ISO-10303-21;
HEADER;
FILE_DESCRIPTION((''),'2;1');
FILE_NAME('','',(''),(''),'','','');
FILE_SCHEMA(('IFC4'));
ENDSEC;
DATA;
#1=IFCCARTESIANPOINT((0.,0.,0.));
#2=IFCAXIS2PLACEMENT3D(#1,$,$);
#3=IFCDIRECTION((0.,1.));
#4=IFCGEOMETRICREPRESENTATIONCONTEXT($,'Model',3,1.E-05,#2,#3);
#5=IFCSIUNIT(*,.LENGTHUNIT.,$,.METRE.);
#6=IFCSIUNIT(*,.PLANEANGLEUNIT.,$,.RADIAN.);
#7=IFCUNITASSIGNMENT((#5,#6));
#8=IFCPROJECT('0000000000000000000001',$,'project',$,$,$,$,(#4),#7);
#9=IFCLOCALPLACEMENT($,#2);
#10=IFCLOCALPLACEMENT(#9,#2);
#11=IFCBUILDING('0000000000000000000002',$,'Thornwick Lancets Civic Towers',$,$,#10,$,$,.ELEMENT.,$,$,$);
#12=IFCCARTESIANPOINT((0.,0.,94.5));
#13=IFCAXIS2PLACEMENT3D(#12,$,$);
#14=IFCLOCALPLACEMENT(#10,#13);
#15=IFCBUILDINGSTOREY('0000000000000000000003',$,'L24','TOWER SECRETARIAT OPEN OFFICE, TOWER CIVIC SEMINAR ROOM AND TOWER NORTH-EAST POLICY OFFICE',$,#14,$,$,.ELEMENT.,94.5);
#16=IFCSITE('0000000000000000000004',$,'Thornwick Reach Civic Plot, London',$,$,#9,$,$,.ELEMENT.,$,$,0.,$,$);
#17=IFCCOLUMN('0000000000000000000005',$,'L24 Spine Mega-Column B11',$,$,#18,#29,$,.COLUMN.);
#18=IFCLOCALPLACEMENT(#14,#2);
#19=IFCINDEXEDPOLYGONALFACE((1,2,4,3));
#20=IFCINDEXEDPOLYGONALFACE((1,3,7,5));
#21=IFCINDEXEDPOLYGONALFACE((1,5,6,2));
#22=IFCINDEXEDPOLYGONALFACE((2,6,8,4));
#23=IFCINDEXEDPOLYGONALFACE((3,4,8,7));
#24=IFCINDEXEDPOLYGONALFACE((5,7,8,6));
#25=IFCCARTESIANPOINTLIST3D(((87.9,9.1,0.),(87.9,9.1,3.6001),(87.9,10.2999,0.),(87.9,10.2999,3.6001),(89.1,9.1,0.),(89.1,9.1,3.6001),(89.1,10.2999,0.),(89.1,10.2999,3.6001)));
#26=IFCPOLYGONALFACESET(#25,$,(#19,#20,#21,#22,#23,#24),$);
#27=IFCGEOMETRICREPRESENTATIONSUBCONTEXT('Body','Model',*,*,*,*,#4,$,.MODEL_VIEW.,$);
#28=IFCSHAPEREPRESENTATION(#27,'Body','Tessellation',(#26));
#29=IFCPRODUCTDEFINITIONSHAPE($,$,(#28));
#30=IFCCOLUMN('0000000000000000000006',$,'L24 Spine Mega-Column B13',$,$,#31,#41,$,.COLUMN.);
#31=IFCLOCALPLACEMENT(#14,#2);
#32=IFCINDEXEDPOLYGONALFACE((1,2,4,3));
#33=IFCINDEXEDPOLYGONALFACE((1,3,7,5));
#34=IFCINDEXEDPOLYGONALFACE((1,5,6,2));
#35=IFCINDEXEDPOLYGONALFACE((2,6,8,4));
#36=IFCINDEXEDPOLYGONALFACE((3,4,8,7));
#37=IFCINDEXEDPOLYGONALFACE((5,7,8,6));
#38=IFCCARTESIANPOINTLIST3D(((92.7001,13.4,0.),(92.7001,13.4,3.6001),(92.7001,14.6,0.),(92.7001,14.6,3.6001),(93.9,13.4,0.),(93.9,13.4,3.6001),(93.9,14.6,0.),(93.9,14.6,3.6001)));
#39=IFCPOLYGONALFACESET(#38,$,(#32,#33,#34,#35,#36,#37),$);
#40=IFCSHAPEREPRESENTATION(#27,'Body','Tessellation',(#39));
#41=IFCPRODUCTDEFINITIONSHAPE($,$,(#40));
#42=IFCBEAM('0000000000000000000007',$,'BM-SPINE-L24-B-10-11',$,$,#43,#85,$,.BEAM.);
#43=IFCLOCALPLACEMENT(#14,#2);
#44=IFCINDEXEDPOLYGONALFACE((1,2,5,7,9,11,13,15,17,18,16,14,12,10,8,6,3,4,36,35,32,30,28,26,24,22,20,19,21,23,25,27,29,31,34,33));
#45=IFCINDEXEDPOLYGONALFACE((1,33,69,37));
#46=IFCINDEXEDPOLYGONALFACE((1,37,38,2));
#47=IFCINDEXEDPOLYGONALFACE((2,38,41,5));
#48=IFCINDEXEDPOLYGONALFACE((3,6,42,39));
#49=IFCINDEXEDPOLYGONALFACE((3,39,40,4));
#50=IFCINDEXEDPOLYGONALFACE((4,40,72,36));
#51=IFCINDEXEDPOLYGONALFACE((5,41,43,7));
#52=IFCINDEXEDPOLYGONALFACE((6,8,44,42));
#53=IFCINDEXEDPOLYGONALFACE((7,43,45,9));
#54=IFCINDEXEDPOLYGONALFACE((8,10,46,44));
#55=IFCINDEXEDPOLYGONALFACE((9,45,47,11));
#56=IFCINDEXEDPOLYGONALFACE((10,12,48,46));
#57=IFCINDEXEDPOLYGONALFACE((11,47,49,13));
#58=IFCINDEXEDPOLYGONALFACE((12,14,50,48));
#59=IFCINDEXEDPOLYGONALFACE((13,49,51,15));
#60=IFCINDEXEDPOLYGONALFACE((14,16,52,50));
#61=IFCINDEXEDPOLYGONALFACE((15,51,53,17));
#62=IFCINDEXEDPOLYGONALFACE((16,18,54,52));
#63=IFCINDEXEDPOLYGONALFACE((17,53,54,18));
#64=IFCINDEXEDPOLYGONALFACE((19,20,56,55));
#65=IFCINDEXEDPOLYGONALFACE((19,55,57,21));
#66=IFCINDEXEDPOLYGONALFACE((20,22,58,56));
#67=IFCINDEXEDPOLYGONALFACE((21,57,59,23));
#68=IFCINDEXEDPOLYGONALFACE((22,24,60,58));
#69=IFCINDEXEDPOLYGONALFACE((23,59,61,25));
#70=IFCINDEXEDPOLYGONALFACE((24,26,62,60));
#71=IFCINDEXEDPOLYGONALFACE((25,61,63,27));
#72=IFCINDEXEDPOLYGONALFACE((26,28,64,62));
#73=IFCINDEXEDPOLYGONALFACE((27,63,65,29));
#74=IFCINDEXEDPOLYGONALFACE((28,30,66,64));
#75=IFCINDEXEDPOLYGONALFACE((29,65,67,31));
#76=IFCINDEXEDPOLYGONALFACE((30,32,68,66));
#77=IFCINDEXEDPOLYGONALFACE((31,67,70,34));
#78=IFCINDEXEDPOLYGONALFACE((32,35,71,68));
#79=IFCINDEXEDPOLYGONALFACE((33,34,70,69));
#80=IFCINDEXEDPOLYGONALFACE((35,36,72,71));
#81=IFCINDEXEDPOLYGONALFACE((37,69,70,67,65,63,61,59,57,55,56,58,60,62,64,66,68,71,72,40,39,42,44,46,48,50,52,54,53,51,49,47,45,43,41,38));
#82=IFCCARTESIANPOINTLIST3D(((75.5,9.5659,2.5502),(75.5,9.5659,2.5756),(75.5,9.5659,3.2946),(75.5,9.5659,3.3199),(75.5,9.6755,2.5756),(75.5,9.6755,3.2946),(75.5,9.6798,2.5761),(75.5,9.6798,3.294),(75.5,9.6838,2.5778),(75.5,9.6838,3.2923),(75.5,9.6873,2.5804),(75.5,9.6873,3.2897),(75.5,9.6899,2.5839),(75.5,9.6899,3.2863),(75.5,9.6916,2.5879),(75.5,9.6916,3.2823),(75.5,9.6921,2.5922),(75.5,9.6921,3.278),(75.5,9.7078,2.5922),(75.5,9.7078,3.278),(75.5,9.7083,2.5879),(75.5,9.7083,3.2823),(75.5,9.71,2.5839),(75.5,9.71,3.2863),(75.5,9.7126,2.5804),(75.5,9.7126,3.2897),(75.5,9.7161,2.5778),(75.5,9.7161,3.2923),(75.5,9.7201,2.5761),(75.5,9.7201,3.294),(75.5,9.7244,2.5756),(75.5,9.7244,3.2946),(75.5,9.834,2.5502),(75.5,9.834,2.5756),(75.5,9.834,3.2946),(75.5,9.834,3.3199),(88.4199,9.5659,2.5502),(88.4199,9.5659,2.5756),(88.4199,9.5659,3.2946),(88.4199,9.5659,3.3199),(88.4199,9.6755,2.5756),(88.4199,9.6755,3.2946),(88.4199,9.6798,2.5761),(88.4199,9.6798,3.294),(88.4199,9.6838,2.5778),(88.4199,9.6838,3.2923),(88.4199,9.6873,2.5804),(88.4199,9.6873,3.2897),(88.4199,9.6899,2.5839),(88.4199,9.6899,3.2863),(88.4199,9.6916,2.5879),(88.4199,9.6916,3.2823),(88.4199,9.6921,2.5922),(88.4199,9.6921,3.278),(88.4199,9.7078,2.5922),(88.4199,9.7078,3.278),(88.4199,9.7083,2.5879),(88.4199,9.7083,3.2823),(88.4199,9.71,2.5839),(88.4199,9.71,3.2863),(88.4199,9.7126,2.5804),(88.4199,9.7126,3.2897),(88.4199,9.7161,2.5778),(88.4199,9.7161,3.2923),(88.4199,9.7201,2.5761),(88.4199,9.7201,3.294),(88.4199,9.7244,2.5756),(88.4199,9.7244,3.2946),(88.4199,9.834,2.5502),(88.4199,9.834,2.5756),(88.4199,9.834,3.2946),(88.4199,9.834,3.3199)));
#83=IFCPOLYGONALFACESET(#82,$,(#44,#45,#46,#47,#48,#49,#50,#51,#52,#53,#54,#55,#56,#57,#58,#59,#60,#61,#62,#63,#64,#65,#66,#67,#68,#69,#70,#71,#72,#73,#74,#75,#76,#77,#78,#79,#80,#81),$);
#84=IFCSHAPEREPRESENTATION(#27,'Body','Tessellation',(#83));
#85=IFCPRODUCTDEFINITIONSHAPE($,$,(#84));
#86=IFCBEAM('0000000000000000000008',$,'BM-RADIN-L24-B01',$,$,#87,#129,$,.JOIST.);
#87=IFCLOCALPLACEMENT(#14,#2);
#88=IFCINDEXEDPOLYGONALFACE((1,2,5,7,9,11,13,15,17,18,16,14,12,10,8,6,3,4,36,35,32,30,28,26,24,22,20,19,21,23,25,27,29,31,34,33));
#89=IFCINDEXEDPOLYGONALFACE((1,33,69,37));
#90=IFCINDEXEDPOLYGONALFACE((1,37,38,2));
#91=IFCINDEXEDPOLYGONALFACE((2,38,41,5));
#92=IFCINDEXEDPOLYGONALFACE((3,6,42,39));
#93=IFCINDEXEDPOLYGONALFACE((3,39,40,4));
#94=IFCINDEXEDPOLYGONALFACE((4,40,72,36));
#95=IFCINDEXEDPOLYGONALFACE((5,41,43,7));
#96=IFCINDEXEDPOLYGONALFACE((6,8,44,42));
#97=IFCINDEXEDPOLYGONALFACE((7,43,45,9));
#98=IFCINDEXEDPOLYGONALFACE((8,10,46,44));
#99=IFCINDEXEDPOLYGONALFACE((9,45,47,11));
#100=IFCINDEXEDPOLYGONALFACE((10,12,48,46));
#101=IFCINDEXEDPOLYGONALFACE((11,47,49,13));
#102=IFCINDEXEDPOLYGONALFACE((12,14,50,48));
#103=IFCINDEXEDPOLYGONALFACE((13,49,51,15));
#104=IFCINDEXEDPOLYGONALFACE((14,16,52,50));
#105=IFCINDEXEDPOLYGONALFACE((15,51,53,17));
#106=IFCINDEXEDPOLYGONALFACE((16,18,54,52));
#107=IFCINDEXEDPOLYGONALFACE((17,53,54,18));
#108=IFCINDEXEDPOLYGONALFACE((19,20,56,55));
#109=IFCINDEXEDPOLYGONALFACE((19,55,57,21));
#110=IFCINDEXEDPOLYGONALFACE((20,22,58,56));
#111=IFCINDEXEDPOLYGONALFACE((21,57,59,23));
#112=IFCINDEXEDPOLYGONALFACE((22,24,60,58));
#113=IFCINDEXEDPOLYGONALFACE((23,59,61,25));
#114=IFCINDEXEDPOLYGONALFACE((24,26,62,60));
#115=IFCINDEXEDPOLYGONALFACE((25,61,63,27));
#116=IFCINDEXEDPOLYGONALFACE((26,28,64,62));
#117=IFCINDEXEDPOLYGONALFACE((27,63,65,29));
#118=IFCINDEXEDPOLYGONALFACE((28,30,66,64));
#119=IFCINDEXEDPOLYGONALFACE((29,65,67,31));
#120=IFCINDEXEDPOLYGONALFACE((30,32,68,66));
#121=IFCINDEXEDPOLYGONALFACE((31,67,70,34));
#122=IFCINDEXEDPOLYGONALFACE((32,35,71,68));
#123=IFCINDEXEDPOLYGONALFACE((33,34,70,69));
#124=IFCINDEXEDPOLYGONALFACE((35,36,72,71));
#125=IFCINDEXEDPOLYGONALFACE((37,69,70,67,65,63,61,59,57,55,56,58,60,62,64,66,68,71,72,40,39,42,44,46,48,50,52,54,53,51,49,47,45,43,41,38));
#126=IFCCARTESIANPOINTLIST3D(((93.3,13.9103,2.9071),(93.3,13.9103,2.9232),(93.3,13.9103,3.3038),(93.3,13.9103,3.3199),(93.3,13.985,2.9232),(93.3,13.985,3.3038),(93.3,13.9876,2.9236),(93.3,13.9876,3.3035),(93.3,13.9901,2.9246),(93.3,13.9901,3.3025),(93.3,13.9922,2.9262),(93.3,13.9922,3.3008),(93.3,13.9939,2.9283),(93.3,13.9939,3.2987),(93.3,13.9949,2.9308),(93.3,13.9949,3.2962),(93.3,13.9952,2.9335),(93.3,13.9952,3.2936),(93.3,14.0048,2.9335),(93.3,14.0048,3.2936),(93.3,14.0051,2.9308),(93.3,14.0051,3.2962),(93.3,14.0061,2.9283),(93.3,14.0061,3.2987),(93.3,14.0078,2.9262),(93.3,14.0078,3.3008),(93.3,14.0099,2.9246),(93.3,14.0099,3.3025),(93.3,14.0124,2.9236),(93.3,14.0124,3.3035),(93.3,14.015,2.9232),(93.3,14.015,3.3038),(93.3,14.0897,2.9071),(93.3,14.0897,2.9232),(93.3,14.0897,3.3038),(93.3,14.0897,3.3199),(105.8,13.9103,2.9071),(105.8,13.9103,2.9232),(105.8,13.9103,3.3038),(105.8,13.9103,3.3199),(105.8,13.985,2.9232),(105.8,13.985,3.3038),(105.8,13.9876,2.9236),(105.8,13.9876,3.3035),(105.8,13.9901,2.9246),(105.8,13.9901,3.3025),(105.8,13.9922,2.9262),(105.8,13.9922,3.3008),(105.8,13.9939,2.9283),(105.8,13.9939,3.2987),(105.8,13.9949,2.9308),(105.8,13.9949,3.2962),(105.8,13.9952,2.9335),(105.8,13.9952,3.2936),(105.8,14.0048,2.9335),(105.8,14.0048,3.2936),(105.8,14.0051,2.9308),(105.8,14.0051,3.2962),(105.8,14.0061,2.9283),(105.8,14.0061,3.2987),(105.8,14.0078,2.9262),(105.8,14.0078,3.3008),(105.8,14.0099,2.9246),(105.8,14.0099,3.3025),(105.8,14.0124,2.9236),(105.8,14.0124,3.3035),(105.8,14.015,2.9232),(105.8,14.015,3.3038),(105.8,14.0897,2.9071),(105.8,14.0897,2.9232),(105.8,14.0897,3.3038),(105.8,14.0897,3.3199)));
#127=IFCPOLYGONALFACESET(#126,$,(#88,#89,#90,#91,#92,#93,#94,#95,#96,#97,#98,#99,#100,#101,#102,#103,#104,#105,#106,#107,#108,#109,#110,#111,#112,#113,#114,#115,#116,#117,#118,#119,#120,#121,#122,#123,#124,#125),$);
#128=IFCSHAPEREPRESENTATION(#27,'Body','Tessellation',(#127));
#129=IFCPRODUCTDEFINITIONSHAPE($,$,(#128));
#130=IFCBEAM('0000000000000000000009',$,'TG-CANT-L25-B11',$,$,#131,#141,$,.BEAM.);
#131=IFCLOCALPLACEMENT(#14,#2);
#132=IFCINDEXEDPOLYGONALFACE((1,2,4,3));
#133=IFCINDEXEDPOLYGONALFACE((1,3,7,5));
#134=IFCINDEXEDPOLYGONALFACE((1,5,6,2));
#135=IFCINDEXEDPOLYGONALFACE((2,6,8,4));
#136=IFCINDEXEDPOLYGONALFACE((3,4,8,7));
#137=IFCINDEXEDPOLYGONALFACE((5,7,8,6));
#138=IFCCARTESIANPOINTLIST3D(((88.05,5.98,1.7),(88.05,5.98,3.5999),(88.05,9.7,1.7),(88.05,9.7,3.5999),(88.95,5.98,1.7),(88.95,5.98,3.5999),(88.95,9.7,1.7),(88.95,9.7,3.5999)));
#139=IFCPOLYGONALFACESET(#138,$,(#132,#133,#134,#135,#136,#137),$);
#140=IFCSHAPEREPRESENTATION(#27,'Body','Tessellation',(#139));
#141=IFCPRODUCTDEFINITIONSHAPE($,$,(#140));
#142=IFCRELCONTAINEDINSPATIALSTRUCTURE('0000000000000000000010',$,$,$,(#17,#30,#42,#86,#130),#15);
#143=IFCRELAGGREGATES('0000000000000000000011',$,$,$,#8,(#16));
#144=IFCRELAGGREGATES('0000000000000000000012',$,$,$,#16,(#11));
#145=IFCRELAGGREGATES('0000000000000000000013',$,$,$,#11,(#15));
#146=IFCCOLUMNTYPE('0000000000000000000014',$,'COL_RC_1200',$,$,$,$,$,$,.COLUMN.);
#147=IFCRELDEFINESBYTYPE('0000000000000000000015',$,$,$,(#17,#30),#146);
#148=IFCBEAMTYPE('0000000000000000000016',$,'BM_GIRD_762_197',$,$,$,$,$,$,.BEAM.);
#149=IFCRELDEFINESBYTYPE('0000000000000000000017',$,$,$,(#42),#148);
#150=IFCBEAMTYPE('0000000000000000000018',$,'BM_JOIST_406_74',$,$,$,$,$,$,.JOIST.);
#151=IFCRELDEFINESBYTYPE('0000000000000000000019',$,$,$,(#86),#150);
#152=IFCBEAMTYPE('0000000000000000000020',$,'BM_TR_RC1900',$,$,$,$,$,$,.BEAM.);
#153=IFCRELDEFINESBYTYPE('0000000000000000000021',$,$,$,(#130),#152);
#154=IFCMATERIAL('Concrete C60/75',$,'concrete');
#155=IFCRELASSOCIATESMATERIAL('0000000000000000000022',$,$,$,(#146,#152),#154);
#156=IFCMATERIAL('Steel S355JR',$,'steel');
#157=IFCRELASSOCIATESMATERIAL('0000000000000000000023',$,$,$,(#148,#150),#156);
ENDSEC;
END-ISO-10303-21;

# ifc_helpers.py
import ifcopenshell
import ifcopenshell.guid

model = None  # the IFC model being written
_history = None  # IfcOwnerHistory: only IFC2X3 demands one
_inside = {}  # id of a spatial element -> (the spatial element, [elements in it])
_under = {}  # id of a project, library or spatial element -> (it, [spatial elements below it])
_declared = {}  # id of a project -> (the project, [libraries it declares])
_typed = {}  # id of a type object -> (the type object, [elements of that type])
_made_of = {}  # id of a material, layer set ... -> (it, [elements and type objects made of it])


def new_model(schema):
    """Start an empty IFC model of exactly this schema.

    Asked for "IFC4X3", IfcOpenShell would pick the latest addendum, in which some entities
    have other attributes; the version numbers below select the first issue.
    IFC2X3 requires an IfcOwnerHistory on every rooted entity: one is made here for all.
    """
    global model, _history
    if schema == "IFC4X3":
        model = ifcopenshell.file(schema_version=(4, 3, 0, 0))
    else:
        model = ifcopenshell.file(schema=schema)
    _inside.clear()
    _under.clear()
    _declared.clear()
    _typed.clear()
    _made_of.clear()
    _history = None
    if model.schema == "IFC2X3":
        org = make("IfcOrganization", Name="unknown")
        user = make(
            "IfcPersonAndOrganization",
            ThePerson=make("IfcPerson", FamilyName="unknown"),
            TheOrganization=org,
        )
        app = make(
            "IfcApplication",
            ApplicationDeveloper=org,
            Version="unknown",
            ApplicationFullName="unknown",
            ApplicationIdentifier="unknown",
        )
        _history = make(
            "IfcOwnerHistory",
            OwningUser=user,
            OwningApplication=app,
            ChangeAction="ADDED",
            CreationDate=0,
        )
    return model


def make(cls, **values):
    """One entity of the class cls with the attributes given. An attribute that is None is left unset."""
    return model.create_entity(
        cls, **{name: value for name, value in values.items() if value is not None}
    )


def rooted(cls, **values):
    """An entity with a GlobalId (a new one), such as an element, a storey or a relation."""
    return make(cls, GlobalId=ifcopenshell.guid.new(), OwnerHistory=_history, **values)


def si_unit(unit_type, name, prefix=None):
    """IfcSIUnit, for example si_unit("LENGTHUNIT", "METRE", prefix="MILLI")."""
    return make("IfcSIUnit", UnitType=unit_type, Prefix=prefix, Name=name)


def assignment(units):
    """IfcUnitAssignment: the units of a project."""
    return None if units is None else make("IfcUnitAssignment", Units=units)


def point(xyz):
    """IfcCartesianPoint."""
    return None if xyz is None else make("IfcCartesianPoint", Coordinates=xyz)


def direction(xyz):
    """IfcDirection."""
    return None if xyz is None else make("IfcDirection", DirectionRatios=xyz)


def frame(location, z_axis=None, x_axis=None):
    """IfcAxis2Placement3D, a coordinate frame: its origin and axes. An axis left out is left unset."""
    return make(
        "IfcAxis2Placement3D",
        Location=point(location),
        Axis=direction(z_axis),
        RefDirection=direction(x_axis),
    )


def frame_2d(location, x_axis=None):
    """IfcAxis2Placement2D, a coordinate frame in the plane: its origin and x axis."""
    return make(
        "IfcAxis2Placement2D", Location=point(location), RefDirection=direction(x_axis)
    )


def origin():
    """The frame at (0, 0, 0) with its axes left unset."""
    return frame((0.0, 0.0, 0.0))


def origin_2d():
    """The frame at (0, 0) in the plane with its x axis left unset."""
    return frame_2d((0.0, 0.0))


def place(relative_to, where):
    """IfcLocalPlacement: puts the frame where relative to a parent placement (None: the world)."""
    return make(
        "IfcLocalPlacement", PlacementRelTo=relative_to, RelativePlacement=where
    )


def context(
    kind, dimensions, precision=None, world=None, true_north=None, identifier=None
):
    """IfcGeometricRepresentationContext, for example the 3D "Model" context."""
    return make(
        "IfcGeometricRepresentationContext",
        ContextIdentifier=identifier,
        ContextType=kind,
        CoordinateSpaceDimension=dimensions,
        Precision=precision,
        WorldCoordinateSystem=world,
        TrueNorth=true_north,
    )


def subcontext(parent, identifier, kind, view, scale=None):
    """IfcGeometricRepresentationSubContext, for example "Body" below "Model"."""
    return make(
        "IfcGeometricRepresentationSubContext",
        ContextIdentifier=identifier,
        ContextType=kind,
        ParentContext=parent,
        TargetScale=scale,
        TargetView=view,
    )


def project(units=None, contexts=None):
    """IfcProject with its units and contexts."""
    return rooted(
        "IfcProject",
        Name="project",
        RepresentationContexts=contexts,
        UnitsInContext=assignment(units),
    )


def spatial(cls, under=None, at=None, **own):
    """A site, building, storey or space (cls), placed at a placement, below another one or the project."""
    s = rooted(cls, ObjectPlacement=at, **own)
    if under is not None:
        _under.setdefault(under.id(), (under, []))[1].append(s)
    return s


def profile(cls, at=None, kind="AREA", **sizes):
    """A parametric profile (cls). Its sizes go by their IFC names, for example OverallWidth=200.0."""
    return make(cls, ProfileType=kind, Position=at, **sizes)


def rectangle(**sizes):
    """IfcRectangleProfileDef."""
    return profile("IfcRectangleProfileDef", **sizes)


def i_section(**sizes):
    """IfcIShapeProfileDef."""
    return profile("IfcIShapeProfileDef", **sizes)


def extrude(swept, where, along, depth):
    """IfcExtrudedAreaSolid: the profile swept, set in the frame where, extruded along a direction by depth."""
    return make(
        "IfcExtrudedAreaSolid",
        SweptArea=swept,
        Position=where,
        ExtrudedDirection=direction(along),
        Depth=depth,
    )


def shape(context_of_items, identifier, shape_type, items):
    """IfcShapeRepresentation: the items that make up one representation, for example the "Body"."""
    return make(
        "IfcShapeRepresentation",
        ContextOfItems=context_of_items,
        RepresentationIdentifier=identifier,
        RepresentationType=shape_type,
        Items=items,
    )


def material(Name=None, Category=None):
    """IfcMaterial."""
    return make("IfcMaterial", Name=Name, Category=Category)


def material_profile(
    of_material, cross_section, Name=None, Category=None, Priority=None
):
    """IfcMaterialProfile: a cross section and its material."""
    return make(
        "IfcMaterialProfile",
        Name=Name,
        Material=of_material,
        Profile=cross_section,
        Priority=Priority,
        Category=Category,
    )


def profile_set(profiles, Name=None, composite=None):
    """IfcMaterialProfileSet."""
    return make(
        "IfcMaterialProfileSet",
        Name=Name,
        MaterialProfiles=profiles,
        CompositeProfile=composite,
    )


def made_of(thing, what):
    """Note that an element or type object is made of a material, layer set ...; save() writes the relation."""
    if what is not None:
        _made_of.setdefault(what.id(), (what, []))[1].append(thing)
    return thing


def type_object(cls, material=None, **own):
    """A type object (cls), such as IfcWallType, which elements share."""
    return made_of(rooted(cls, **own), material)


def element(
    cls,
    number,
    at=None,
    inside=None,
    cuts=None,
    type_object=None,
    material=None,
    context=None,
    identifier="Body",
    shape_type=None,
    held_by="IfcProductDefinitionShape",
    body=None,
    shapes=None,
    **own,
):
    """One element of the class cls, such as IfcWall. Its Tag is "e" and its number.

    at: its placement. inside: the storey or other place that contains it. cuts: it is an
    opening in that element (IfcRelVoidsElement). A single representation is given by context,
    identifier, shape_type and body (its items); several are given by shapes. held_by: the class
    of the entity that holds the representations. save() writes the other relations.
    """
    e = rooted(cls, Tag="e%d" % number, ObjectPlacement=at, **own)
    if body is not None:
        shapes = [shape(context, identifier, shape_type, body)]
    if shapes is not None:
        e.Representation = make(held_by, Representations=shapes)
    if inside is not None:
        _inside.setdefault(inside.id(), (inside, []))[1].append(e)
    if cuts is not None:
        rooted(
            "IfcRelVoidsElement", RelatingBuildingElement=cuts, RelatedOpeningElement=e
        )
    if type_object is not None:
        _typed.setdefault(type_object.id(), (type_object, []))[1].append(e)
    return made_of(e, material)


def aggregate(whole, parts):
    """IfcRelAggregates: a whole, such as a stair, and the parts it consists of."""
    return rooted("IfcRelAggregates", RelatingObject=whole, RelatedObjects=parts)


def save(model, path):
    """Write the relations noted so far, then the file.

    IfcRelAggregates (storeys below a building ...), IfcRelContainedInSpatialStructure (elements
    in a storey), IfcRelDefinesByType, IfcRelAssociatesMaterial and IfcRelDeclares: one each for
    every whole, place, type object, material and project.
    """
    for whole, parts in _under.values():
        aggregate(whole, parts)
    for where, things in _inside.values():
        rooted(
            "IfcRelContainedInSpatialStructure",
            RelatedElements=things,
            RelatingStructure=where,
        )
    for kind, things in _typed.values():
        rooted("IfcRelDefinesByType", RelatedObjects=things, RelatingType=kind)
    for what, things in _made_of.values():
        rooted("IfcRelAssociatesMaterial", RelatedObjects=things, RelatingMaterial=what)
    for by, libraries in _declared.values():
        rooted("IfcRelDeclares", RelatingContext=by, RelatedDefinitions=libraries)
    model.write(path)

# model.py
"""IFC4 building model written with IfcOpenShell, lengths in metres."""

from ifc_helpers import new_model, si_unit, direction, frame, origin, origin_2d, place, context, subcontext, project, spatial, rectangle, i_section, extrude, material, material_profile, profile_set, type_object, element, save


model = new_model("IFC4")

# Units and contexts
model_context = context("Model", 3, precision=1e-05, world=origin(), true_north=direction((0.0, 1.0)))
body_context = subcontext(model_context, "Body", "Model", "MODEL_VIEW")
ifc_project = project(units=[si_unit("LENGTHUNIT", "METRE"), si_unit("PLANEANGLEUNIT", "RADIAN")], contexts=[model_context])

# Site, building, storey
site_placement = place(None, origin())
site = spatial("IfcSite", under=ifc_project, at=site_placement, Name="Thornwick Reach Civic Plot, London", CompositionType="ELEMENT", RefElevation=0.0)
building_placement = place(site_placement, origin())
building = spatial("IfcBuilding", under=site, at=building_placement, Name="Thornwick Lancets Civic Towers", CompositionType="ELEMENT")
storey_placement = place(building_placement, frame((0.0, 0.0, 94.5)))
storey = spatial("IfcBuildingStorey", under=building, at=storey_placement, Name="L24", Description="TOWER SECRETARIAT OPEN OFFICE, TOWER CIVIC SEMINAR ROOM AND TOWER NORTH-EAST POLICY OFFICE", CompositionType="ELEMENT", Elevation=94.5)

# Columns
ifc_material_1 = material(Name="Concrete C60/75", Category="concrete")
ifc_material_profile_1 = material_profile(ifc_material_1, rectangle(XDim=1.2, YDim=1.2, at=origin_2d()), Name="RC 1200x1200")
ifc_profile_set_1 = profile_set([ifc_material_profile_1], Name="Concrete C60/75")
column_type = type_object("IfcColumnType", Name="COL_RC_1200", PredefinedType="COLUMN", material=ifc_profile_set_1)
for number, where, z_axis, x_axis, name in (
    (1, (88.5, 9.7, 0.0), (0.0, 0.0, 1.0), (1.0, 0.0, 0.0), "L24 Spine Mega-Column B11"),
    (2, (93.3, 14.0, 0.0), (0.0, 0.0, 1.0), (1.0, 0.0, 0.0), "L24 Spine Mega-Column B13"),
):
    element("IfcColumn", number, at=place(storey_placement, frame(where, z_axis=z_axis, x_axis=x_axis)), inside=storey, type_object=column_type, Name=name, PredefinedType="COLUMN", context=body_context, shape_type="SweptSolid", body=[
        extrude(rectangle(XDim=1.2, YDim=1.2, at=origin_2d()), origin(), (0.0, 0.0, 1.0), 3.6001),
    ])

# Beams
ifc_material_2 = material(Name="Steel S355JR", Category="steel")
ifc_material_profile_2 = material_profile(ifc_material_2, i_section(OverallWidth=0.2681, OverallDepth=0.7698, WebThickness=0.0156, FlangeThickness=0.0254, FilletRadius=0.0166, at=origin_2d()), Name="UKB 762x267x197")
ifc_profile_set_2 = profile_set([ifc_material_profile_2], Name="Steel S355JR")
beam_type_1 = type_object("IfcBeamType", Name="BM_GIRD_762_197", PredefinedType="BEAM", material=ifc_profile_set_2)
beam_1_placement = place(storey_placement, frame((88.4199, 9.7, 2.9351), z_axis=(-1.0, 0.0, 0.0), x_axis=(0.0, -1.0, 0.0)))
element("IfcBeam", 3, at=beam_1_placement, inside=storey, type_object=beam_type_1, Name="BM-SPINE-L24-B-10-11", PredefinedType="BEAM", context=body_context, shape_type="SweptSolid", body=[
    extrude(i_section(OverallWidth=0.2681, OverallDepth=0.7698, WebThickness=0.0156, FlangeThickness=0.0254, FilletRadius=0.0166, at=origin_2d()), origin(), (0.0, 0.0, 1.0), 12.9199),
])
ifc_material_profile_3 = material_profile(ifc_material_2, i_section(OverallWidth=0.1794, OverallDepth=0.4128, WebThickness=0.0095, FlangeThickness=0.0161, FilletRadius=0.0103, at=origin_2d()), Name="UKB 406x178x74")
ifc_profile_set_3 = profile_set([ifc_material_profile_3], Name="Steel S355JR")
beam_type_2 = type_object("IfcBeamType", Name="BM_JOIST_406_74", PredefinedType="JOIST", material=ifc_profile_set_3)
beam_2_placement = place(storey_placement, frame((93.3, 14.0, 3.1135), z_axis=(1.0, 0.0, 0.0), x_axis=(0.0, 1.0, 0.0)))
element("IfcBeam", 4, at=beam_2_placement, inside=storey, type_object=beam_type_2, Name="BM-RADIN-L24-B01", PredefinedType="JOIST", context=body_context, shape_type="SweptSolid", body=[
    extrude(i_section(OverallWidth=0.1794, OverallDepth=0.4128, WebThickness=0.0095, FlangeThickness=0.0161, FilletRadius=0.0103, at=origin_2d()), origin(), (0.0, 0.0, 1.0), 12.5),
])
ifc_material_profile_4 = material_profile(ifc_material_1, rectangle(XDim=0.8999, YDim=1.8999, at=origin_2d()), Name="RC 900x1900")
ifc_profile_set_4 = profile_set([ifc_material_profile_4], Name="Concrete C60/75")
beam_type_3 = type_object("IfcBeamType", Name="BM_TR_RC1900", PredefinedType="BEAM", material=ifc_profile_set_4)
beam_3_placement = place(storey_placement, frame((88.5, 9.7, 2.6499), z_axis=(0.0, -1.0, 0.0), x_axis=(1.0, 0.0, 0.0)))
element("IfcBeam", 5, at=beam_3_placement, inside=storey, type_object=beam_type_3, Name="TG-CANT-L25-B11", PredefinedType="BEAM", context=body_context, shape_type="SweptSolid", body=[
    extrude(rectangle(XDim=0.8999, YDim=1.8999, at=origin_2d()), origin(), (0.0, 0.0, 1.0), 3.72),
])

save(model, "model.ifc")
